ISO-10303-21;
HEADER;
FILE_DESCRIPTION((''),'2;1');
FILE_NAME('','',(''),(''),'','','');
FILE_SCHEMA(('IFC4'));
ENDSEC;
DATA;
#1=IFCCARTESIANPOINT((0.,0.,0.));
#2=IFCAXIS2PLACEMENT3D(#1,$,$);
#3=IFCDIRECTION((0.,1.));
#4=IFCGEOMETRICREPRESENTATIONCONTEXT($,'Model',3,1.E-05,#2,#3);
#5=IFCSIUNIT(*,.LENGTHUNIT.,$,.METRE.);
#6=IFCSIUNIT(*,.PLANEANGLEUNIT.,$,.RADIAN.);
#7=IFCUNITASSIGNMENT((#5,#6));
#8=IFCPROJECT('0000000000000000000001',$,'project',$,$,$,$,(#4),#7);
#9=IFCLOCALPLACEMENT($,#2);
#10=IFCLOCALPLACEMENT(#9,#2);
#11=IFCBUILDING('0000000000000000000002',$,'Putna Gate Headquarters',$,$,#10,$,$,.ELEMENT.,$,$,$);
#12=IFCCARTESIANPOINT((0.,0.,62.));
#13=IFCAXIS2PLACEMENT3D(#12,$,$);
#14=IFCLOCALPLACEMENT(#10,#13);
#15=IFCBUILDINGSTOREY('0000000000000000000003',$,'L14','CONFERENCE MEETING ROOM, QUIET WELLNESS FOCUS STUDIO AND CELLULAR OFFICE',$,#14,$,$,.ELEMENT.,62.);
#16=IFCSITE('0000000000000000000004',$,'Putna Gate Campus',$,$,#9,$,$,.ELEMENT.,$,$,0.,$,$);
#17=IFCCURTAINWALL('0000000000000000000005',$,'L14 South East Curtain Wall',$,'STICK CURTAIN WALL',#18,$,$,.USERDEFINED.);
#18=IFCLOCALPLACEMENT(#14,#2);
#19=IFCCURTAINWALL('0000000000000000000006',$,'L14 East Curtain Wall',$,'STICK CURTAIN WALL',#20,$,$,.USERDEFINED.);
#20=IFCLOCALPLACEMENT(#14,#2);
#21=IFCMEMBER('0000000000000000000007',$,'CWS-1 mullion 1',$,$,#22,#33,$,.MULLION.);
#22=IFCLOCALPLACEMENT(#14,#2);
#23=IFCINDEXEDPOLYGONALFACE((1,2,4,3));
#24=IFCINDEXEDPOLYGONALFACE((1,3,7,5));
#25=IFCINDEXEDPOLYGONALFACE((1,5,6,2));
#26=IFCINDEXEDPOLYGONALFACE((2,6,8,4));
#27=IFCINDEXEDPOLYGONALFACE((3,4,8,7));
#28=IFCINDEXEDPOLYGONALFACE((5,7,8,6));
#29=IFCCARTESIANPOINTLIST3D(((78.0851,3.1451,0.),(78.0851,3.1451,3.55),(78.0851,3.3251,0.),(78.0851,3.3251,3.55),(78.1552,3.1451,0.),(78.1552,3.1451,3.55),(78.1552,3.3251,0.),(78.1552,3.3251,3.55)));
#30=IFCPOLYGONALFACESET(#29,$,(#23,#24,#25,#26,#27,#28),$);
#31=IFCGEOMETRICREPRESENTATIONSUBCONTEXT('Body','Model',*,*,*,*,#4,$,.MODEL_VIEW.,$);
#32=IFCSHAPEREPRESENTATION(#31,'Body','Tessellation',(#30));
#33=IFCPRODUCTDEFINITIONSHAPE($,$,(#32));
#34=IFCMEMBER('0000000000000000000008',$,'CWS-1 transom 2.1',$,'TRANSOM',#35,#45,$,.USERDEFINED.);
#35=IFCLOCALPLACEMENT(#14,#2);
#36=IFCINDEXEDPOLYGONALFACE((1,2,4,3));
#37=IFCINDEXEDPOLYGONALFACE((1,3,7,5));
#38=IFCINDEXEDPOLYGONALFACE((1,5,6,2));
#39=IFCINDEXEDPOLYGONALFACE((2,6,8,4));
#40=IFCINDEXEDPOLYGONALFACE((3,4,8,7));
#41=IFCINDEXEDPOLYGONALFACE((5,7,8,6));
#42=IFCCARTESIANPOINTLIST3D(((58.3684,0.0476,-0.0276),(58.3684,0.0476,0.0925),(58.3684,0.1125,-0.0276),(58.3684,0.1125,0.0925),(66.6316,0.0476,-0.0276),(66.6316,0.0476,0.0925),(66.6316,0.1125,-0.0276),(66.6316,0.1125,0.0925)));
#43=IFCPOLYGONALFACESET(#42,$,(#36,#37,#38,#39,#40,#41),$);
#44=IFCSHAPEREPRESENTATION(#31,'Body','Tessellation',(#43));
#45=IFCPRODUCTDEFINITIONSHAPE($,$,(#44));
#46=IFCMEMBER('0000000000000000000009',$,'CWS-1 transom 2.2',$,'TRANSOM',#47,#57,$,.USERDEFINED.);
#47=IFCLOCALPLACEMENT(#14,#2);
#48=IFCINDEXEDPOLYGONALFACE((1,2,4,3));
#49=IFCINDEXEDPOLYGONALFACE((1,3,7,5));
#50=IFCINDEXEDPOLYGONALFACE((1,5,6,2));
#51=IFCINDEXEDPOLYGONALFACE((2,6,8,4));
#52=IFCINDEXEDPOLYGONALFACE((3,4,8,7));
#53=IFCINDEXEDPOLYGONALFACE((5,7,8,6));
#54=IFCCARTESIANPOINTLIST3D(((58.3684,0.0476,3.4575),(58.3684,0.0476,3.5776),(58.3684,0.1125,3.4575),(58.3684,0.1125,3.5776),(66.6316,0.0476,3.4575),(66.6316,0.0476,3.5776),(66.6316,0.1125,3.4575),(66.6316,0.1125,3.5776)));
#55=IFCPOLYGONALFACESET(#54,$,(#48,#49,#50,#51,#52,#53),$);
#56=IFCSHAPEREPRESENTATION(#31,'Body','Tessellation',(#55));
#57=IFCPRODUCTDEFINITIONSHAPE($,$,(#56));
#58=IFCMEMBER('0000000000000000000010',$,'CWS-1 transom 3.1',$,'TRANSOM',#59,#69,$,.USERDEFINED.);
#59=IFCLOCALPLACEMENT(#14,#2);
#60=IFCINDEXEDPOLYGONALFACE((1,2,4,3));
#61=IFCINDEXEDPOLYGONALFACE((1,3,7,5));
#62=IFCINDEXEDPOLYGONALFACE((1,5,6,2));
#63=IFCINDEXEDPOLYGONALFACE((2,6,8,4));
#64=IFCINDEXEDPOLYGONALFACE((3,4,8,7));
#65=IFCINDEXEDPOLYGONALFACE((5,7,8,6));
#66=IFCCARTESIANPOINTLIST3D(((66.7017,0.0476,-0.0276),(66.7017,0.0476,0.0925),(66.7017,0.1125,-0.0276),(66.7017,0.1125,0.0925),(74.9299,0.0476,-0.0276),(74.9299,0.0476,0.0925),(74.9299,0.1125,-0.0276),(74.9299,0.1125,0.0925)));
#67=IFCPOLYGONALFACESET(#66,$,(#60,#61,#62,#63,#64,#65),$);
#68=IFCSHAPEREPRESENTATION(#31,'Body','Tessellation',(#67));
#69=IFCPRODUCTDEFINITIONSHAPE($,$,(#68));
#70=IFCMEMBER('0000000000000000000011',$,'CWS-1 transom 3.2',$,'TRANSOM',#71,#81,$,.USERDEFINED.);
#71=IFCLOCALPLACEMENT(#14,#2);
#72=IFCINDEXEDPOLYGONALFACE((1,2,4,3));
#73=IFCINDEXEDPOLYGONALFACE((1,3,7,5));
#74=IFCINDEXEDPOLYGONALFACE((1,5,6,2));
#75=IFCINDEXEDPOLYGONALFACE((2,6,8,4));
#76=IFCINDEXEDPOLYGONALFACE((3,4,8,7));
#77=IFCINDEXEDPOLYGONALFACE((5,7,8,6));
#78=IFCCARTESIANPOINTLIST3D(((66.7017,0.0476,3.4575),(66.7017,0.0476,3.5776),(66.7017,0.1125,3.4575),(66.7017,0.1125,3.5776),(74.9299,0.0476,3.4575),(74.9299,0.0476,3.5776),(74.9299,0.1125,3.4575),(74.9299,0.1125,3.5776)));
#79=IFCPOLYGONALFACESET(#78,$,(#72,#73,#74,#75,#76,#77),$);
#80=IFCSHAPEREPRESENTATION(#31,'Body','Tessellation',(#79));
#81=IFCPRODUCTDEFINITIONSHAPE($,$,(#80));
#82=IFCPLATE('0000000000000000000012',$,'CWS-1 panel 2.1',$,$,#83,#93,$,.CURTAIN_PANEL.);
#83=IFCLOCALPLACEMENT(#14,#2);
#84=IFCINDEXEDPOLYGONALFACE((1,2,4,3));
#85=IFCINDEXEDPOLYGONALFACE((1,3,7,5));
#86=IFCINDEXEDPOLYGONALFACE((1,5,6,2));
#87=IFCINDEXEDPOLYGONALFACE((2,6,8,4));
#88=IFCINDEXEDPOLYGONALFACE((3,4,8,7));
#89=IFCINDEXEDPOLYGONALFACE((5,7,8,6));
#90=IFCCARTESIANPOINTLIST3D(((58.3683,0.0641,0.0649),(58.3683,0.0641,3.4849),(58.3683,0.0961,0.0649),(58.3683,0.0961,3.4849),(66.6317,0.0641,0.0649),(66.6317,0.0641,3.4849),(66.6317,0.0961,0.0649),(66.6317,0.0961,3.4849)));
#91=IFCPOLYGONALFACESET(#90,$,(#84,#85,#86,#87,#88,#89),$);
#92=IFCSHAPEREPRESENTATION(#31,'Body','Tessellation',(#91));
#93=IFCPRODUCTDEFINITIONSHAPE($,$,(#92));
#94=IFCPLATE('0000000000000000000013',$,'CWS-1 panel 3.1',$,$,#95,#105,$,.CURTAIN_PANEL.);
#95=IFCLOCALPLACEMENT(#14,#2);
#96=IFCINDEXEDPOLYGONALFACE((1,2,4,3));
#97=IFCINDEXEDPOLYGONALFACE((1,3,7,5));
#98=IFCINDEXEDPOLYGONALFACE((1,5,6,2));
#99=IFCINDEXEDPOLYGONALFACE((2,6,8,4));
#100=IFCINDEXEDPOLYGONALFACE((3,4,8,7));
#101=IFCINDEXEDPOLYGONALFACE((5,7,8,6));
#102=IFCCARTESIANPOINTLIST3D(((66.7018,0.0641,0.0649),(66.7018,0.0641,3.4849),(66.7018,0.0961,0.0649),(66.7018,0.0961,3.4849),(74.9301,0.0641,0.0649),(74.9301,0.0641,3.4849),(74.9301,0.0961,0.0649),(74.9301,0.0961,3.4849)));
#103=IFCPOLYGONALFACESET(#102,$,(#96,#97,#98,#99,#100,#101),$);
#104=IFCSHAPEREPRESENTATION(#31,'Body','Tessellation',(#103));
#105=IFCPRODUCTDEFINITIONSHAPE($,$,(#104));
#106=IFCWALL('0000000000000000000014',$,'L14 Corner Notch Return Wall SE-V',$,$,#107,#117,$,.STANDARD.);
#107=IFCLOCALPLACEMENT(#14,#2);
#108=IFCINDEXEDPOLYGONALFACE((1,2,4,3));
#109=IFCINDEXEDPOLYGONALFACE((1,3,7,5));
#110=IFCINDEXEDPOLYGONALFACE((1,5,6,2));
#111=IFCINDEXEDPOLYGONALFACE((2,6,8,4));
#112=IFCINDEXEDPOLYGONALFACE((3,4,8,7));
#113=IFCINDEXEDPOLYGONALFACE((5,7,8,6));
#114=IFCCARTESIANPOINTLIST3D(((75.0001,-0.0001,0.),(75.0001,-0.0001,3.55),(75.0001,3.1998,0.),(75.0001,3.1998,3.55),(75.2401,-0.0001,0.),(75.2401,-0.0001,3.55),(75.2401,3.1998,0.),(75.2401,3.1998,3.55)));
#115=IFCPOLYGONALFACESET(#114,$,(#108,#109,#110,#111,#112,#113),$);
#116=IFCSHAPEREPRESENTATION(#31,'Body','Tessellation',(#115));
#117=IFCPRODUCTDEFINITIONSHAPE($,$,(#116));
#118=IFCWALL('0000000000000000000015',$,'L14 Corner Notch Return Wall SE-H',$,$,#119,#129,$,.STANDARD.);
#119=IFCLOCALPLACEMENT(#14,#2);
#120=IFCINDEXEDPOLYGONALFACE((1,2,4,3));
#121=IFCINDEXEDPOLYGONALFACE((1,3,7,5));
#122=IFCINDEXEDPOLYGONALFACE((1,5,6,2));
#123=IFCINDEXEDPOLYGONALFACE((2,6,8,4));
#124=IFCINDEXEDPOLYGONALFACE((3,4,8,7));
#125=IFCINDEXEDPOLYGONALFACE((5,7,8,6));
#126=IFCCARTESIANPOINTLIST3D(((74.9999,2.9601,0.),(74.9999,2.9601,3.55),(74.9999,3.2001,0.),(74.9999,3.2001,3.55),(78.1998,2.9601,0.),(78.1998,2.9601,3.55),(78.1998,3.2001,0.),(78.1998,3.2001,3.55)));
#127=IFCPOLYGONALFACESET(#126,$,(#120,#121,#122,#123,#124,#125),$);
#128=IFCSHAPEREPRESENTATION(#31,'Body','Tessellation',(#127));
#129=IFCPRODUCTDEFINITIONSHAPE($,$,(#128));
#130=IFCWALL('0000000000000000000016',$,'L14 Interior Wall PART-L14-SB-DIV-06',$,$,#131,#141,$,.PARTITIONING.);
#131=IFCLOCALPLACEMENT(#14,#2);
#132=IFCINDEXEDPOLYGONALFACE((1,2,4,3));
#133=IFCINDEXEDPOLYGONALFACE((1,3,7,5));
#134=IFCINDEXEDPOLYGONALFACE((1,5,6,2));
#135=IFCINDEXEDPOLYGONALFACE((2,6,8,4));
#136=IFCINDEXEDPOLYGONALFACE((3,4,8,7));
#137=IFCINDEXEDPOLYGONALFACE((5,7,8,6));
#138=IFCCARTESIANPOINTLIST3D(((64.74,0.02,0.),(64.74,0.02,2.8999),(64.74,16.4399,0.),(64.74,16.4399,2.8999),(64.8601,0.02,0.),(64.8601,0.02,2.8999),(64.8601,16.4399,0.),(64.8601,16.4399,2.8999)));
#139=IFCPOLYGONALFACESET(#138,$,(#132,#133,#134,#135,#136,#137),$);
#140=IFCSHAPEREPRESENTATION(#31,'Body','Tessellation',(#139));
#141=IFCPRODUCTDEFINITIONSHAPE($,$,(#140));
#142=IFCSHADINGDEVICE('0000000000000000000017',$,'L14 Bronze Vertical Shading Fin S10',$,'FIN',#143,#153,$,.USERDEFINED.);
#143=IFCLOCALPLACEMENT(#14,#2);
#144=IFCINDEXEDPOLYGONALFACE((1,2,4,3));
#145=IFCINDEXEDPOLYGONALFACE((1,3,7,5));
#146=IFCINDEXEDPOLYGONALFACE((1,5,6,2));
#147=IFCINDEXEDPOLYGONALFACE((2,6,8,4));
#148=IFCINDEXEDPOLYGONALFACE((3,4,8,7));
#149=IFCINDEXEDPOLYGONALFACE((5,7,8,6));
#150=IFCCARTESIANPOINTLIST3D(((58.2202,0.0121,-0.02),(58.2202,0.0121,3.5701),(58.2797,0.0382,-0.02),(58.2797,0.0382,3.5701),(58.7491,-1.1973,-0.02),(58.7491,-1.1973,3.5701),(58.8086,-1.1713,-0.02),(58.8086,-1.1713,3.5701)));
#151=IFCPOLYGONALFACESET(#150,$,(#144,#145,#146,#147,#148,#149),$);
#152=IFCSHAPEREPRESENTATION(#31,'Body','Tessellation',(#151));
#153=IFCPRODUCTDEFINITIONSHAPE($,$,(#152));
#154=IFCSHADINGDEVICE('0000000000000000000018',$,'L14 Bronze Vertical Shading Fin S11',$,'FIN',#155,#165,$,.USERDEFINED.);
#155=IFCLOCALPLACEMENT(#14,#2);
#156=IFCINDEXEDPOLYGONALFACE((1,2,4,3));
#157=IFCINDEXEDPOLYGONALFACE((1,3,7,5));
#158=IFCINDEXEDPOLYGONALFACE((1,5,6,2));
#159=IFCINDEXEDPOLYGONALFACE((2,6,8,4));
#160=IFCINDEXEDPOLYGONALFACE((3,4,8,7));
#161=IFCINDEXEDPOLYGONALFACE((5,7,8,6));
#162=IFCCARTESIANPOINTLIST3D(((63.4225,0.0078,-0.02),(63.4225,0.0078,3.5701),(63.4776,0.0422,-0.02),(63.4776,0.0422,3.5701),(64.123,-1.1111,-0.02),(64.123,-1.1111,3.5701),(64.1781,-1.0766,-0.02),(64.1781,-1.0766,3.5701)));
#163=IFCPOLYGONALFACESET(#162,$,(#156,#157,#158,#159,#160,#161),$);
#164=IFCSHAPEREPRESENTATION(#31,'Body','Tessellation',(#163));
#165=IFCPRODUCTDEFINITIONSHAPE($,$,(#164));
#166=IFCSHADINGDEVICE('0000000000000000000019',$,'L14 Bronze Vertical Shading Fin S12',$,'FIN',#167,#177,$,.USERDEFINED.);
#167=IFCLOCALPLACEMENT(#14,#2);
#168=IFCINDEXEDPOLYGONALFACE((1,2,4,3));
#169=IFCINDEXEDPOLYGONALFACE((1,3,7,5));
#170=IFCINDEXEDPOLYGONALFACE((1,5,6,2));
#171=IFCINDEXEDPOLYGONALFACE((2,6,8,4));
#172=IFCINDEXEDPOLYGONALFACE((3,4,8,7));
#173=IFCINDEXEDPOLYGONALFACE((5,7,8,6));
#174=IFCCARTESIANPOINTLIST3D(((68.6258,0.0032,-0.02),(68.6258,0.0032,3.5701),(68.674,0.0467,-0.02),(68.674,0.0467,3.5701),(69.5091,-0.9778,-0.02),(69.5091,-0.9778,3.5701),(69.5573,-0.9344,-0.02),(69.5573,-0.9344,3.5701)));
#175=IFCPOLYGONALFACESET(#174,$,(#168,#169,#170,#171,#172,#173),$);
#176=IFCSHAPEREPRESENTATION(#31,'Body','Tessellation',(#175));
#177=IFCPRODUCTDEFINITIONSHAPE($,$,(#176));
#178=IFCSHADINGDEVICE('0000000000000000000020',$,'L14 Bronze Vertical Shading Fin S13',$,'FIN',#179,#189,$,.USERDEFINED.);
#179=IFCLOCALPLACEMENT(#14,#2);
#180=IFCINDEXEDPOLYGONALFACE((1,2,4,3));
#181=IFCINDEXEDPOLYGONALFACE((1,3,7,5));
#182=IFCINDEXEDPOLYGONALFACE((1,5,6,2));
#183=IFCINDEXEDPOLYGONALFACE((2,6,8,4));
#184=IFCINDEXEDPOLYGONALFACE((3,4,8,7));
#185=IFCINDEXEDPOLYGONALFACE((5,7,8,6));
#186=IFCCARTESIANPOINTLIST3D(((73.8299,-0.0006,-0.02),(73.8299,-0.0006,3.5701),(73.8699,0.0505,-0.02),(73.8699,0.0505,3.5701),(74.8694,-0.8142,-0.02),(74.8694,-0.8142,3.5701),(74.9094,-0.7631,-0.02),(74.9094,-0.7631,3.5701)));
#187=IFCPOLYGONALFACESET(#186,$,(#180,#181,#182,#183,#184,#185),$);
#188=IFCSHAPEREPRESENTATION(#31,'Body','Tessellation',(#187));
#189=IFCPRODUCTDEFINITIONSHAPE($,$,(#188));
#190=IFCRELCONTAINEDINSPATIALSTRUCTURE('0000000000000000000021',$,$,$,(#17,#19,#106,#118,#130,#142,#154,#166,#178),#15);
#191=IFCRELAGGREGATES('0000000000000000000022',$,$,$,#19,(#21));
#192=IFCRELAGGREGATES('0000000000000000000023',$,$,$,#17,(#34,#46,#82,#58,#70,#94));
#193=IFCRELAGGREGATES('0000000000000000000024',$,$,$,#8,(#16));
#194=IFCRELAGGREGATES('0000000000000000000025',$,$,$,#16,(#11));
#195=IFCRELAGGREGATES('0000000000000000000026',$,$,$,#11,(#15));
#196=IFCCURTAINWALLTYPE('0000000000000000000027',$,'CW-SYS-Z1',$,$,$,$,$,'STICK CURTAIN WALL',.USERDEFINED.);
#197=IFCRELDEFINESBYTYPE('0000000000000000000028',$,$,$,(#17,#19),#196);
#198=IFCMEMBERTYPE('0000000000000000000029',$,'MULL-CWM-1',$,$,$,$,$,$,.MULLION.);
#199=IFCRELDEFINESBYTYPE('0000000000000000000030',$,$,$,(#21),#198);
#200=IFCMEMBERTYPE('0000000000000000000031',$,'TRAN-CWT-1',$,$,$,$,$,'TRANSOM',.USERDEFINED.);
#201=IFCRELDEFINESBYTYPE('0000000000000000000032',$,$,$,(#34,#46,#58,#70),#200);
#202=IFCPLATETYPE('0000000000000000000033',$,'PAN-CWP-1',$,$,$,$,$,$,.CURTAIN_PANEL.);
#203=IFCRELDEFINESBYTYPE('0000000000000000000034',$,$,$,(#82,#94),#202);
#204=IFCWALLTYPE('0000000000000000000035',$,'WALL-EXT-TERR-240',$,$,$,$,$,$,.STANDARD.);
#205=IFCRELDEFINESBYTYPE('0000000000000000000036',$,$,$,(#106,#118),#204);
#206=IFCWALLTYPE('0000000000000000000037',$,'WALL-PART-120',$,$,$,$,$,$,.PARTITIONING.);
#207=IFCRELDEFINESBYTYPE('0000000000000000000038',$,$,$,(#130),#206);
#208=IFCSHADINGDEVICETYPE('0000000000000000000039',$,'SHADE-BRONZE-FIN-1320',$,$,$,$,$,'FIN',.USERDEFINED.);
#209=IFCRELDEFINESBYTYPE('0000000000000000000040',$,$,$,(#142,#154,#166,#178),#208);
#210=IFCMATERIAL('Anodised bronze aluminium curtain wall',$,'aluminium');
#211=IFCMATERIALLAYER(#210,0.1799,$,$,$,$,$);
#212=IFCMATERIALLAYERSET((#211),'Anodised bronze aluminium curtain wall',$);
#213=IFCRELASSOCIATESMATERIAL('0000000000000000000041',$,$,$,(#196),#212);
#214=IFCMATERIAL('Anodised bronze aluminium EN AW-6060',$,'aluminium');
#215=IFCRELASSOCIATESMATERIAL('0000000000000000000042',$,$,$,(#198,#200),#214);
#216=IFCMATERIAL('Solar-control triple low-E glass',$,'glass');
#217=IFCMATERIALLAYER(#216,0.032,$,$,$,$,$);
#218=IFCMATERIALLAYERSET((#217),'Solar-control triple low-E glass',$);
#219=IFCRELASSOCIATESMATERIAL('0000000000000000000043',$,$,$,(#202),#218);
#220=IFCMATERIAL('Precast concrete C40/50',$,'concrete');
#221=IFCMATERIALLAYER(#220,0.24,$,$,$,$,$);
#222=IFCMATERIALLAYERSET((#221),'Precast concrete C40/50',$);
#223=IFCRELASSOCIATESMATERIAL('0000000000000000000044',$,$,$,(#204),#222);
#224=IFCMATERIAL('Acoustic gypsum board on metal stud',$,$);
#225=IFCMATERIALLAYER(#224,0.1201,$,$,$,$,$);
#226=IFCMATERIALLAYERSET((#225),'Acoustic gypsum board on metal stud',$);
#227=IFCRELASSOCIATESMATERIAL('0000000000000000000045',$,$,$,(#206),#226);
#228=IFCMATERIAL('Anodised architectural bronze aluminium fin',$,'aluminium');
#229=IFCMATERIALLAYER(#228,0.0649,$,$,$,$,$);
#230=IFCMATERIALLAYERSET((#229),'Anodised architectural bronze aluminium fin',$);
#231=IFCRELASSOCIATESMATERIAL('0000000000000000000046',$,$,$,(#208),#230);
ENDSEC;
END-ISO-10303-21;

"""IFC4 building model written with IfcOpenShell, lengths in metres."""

from ifc_helpers import new_model, si_unit, direction, frame, frame_2d, origin, origin_2d, place, context, subcontext, project, spatial, rectangle, extrude, material, layer, layer_set, material_profile, profile_set, type_object, element, aggregate, save


model = new_model("IFC4")

# Units and contexts
model_context = context("Model", 3, precision=1e-05, world=origin(), true_north=direction((0.0, 1.0)))
body_context = subcontext(model_context, "Body", "Model", "MODEL_VIEW")
ifc_project = project(units=[si_unit("LENGTHUNIT", "METRE"), si_unit("PLANEANGLEUNIT", "RADIAN")], contexts=[model_context])

# Site, building, storey
site_placement = place(None, origin())
site = spatial("IfcSite", under=ifc_project, at=site_placement, Name="Putna Gate Campus", CompositionType="ELEMENT", RefElevation=0.0)
building_placement = place(site_placement, origin())
building = spatial("IfcBuilding", under=site, at=building_placement, Name="Putna Gate Headquarters", CompositionType="ELEMENT")
storey_placement = place(building_placement, frame((0.0, 0.0, 62.0)))
storey = spatial("IfcBuildingStorey", under=building, at=storey_placement, Name="L14", Description="CONFERENCE MEETING ROOM, QUIET WELLNESS FOCUS STUDIO AND CELLULAR OFFICE", CompositionType="ELEMENT", Elevation=62.0)

# Curtain wall
ifc_material_1 = material(Name="Anodised bronze aluminium curtain wall", Category="aluminium")
ifc_layer_1 = layer(ifc_material_1, 0.1799)
ifc_layer_set_1 = layer_set([ifc_layer_1], Name="Anodised bronze aluminium curtain wall")
curtain_wall_type = type_object("IfcCurtainWallType", Name="CW-SYS-Z1", ElementType="STICK CURTAIN WALL", PredefinedType="USERDEFINED", material=ifc_layer_set_1)
curtain_wall_1_placement = place(storey_placement, origin())
curtain_wall_1 = element("IfcCurtainWall", 1, at=curtain_wall_1_placement, inside=storey, type_object=curtain_wall_type, Name="L14 South East Curtain Wall", ObjectType="STICK CURTAIN WALL", PredefinedType="USERDEFINED")
ifc_material_2 = material(Name="Anodised bronze aluminium EN AW-6060", Category="aluminium")
ifc_material_profile_1 = material_profile(ifc_material_2, rectangle(XDim=0.0701, YDim=0.1799, at=origin_2d()), Name="Anodised bronze aluminium EN AW-6060")
ifc_profile_set_1 = profile_set([ifc_material_profile_1], Name="Anodised bronze aluminium EN AW-6060")
member_type_1 = type_object("IfcMemberType", Name="MULL-CWM-1", PredefinedType="MULLION", material=ifc_profile_set_1)

# Curtain wall, member
curtain_wall_2_placement = place(storey_placement, origin())
curtain_wall_2 = element("IfcCurtainWall", 2, at=curtain_wall_2_placement, inside=storey, type_object=curtain_wall_type, Name="L14 East Curtain Wall", ObjectType="STICK CURTAIN WALL", PredefinedType="USERDEFINED")
member_1_placement = place(storey_placement, frame((78.1201, 3.2351, 0.0), z_axis=(0.0, 0.0, 1.0), x_axis=(-1.0, 0.0, 0.0)))
member_1 = element("IfcMember", 3, at=member_1_placement, type_object=member_type_1, Name="CWS-1 mullion 1", PredefinedType="MULLION", context=body_context, shape_type="SweptSolid", body=[
    extrude(rectangle(XDim=0.0701, YDim=0.1799, at=origin_2d()), origin(), (0.0, 0.0, 1.0), 3.55),
])
aggregate(curtain_wall_2, [member_1])

# Members
ifc_material_profile_2 = material_profile(ifc_material_2, rectangle(XDim=0.0649, YDim=0.1201, at=origin_2d()), Name="Anodised bronze aluminium EN AW-6060")
ifc_profile_set_2 = profile_set([ifc_material_profile_2], Name="Anodised bronze aluminium EN AW-6060")
member_type_2 = type_object("IfcMemberType", Name="TRAN-CWT-1", ElementType="TRANSOM", PredefinedType="USERDEFINED", material=ifc_profile_set_2)
member_2_placement = place(storey_placement, frame((58.3684, 0.0801, 0.0325), z_axis=(1.0, 0.0, 0.0), x_axis=(0.0, 1.0, 0.0)))
member_2 = element("IfcMember", 4, at=member_2_placement, type_object=member_type_2, Name="CWS-1 transom 2.1", ObjectType="TRANSOM", PredefinedType="USERDEFINED", context=body_context, shape_type="SweptSolid", body=[
    extrude(rectangle(XDim=0.0649, YDim=0.1201, at=origin_2d()), origin(), (0.0, 0.0, 1.0), 8.2632),
])
member_3_placement = place(storey_placement, frame((58.3684, 0.0801, 3.5176), z_axis=(1.0, 0.0, 0.0), x_axis=(0.0, 1.0, 0.0)))
member_3 = element("IfcMember", 5, at=member_3_placement, type_object=member_type_2, Name="CWS-1 transom 2.2", ObjectType="TRANSOM", PredefinedType="USERDEFINED", context=body_context, shape_type="SweptSolid", body=[
    extrude(rectangle(XDim=0.0649, YDim=0.1201, at=origin_2d()), origin(), (0.0, 0.0, 1.0), 8.2632),
])
member_4_placement = place(storey_placement, frame((66.7017, 0.0801, 0.0325), z_axis=(1.0, 0.0, 0.0), x_axis=(0.0, 1.0, 0.0)))
member_4 = element("IfcMember", 6, at=member_4_placement, type_object=member_type_2, Name="CWS-1 transom 3.1", ObjectType="TRANSOM", PredefinedType="USERDEFINED", context=body_context, shape_type="SweptSolid", body=[
    extrude(rectangle(XDim=0.0649, YDim=0.1201, at=origin_2d()), origin(), (0.0, 0.0, 1.0), 8.2283),
])
member_5_placement = place(storey_placement, frame((66.7017, 0.0801, 3.5176), z_axis=(1.0, 0.0, 0.0), x_axis=(0.0, 1.0, 0.0)))
member_5 = element("IfcMember", 7, at=member_5_placement, type_object=member_type_2, Name="CWS-1 transom 3.2", ObjectType="TRANSOM", PredefinedType="USERDEFINED", context=body_context, shape_type="SweptSolid", body=[
    extrude(rectangle(XDim=0.0649, YDim=0.1201, at=origin_2d()), origin(), (0.0, 0.0, 1.0), 8.2283),
])

# Plates
ifc_material_3 = material(Name="Solar-control triple low-E glass", Category="glass")
ifc_layer_2 = layer(ifc_material_3, 0.032)
ifc_layer_set_2 = layer_set([ifc_layer_2], Name="Solar-control triple low-E glass")
plate_type = type_object("IfcPlateType", Name="PAN-CWP-1", PredefinedType="CURTAIN_PANEL", material=ifc_layer_set_2)
plate_1_placement = place(storey_placement, frame((62.5, 0.0801, 0.0649), z_axis=(0.0, 0.0, 1.0), x_axis=(1.0, 0.0, 0.0)))
plate_1 = element("IfcPlate", 8, at=plate_1_placement, type_object=plate_type, Name="CWS-1 panel 2.1", PredefinedType="CURTAIN_PANEL", context=body_context, shape_type="SweptSolid", body=[
    extrude(rectangle(XDim=8.2634, YDim=0.032, at=origin_2d()), origin(), (0.0, 0.0, 1.0), 3.4199),
])
plate_2_placement = place(storey_placement, frame((70.8159, 0.0801, 0.0649), z_axis=(0.0, 0.0, 1.0), x_axis=(1.0, 0.0, 0.0)))
plate_2 = element("IfcPlate", 9, at=plate_2_placement, type_object=plate_type, Name="CWS-1 panel 3.1", PredefinedType="CURTAIN_PANEL", context=body_context, shape_type="SweptSolid", body=[
    extrude(rectangle(XDim=8.2283, YDim=0.032, at=origin_2d()), origin(), (0.0, 0.0, 1.0), 3.4199),
])
aggregate(curtain_wall_1, [member_2, member_3, plate_1, member_4, member_5, plate_2])

# Walls
ifc_material_4 = material(Name="Precast concrete C40/50", Category="concrete")
ifc_layer_3 = layer(ifc_material_4, 0.24)
ifc_layer_set_3 = layer_set([ifc_layer_3], Name="Precast concrete C40/50")
wall_type_1 = type_object("IfcWallType", Name="WALL-EXT-TERR-240", PredefinedType="STANDARD", material=ifc_layer_set_3)
for number, where, z_axis, x_axis, name in (
    (10, (75.1201, 3.2, 0.0), (0.0, 0.0, 1.0), (0.0, -1.0, 0.0), "L14 Corner Notch Return Wall SE-V"),
    (11, (78.2, 3.0801, 0.0), (0.0, 0.0, 1.0), (-1.0, 0.0, 0.0), "L14 Corner Notch Return Wall SE-H"),
):
    element("IfcWall", number, at=place(storey_placement, frame(where, z_axis=z_axis, x_axis=x_axis)), inside=storey, type_object=wall_type_1, Name=name, PredefinedType="STANDARD", context=body_context, shape_type="SweptSolid", body=[
        extrude(rectangle(XDim=3.2, YDim=0.24, at=frame_2d((1.6001, 0.0))), origin(), (0.0, 0.0, 1.0), 3.55),
    ])
ifc_material_5 = material(Name="Acoustic gypsum board on metal stud")
ifc_layer_4 = layer(ifc_material_5, 0.1201)
ifc_layer_set_4 = layer_set([ifc_layer_4], Name="Acoustic gypsum board on metal stud")
wall_type_2 = type_object("IfcWallType", Name="WALL-PART-120", PredefinedType="PARTITIONING", material=ifc_layer_set_4)
wall_placement = place(storey_placement, frame((64.8, 0.02, 0.0), z_axis=(0.0, 0.0, 1.0), x_axis=(0.0, 1.0, 0.0)))
element("IfcWall", 12, at=wall_placement, inside=storey, type_object=wall_type_2, Name="L14 Interior Wall PART-L14-SB-DIV-06", PredefinedType="PARTITIONING", context=body_context, shape_type="SweptSolid", body=[
    extrude(rectangle(XDim=16.4199, YDim=0.1201, at=frame_2d((8.21, 0.0))), origin(), (0.0, 0.0, 1.0), 2.8999),
])

# Shading devices
ifc_material_6 = material(Name="Anodised architectural bronze aluminium fin", Category="aluminium")
ifc_layer_5 = layer(ifc_material_6, 0.0649)
ifc_layer_set_5 = layer_set([ifc_layer_5], Name="Anodised architectural bronze aluminium fin")
shading_device_type = type_object("IfcShadingDeviceType", Name="SHADE-BRONZE-FIN-1320", ElementType="FIN", PredefinedType="USERDEFINED", material=ifc_layer_set_5)
for number, where, z_axis, x_axis, name in (
    (13, (58.5144, -0.5796, -0.02), (0.0, 0.0, 1.0), (0.400669, -0.916223, 0.0), "L14 Bronze Vertical Shading Fin S10"),
    (14, (63.8003, -0.5344, -0.02), (0.0, 0.0, 1.0), (0.530659, -0.847585, 0.0), "L14 Bronze Vertical Shading Fin S11"),
    (15, (69.0916, -0.4656, -0.02), (0.0, 0.0, 1.0), (0.669131, -0.743145, 0.0), "L14 Bronze Vertical Shading Fin S12"),
    (16, (74.3696, -0.3818, -0.02), (0.0, 0.0, 1.0), (0.787473, -0.616349, 0.0), "L14 Bronze Vertical Shading Fin S13"),
):
    element("IfcShadingDevice", number, at=place(storey_placement, frame(where, z_axis=z_axis, x_axis=x_axis)), inside=storey, type_object=shading_device_type, Name=name, ObjectType="FIN", PredefinedType="USERDEFINED", context=body_context, shape_type="SweptSolid", body=[
        extrude(rectangle(XDim=1.3201, YDim=0.0649, at=origin_2d()), origin(), (0.0, 0.0, 1.0), 3.5901),
    ])

save(model, "model.ifc")
